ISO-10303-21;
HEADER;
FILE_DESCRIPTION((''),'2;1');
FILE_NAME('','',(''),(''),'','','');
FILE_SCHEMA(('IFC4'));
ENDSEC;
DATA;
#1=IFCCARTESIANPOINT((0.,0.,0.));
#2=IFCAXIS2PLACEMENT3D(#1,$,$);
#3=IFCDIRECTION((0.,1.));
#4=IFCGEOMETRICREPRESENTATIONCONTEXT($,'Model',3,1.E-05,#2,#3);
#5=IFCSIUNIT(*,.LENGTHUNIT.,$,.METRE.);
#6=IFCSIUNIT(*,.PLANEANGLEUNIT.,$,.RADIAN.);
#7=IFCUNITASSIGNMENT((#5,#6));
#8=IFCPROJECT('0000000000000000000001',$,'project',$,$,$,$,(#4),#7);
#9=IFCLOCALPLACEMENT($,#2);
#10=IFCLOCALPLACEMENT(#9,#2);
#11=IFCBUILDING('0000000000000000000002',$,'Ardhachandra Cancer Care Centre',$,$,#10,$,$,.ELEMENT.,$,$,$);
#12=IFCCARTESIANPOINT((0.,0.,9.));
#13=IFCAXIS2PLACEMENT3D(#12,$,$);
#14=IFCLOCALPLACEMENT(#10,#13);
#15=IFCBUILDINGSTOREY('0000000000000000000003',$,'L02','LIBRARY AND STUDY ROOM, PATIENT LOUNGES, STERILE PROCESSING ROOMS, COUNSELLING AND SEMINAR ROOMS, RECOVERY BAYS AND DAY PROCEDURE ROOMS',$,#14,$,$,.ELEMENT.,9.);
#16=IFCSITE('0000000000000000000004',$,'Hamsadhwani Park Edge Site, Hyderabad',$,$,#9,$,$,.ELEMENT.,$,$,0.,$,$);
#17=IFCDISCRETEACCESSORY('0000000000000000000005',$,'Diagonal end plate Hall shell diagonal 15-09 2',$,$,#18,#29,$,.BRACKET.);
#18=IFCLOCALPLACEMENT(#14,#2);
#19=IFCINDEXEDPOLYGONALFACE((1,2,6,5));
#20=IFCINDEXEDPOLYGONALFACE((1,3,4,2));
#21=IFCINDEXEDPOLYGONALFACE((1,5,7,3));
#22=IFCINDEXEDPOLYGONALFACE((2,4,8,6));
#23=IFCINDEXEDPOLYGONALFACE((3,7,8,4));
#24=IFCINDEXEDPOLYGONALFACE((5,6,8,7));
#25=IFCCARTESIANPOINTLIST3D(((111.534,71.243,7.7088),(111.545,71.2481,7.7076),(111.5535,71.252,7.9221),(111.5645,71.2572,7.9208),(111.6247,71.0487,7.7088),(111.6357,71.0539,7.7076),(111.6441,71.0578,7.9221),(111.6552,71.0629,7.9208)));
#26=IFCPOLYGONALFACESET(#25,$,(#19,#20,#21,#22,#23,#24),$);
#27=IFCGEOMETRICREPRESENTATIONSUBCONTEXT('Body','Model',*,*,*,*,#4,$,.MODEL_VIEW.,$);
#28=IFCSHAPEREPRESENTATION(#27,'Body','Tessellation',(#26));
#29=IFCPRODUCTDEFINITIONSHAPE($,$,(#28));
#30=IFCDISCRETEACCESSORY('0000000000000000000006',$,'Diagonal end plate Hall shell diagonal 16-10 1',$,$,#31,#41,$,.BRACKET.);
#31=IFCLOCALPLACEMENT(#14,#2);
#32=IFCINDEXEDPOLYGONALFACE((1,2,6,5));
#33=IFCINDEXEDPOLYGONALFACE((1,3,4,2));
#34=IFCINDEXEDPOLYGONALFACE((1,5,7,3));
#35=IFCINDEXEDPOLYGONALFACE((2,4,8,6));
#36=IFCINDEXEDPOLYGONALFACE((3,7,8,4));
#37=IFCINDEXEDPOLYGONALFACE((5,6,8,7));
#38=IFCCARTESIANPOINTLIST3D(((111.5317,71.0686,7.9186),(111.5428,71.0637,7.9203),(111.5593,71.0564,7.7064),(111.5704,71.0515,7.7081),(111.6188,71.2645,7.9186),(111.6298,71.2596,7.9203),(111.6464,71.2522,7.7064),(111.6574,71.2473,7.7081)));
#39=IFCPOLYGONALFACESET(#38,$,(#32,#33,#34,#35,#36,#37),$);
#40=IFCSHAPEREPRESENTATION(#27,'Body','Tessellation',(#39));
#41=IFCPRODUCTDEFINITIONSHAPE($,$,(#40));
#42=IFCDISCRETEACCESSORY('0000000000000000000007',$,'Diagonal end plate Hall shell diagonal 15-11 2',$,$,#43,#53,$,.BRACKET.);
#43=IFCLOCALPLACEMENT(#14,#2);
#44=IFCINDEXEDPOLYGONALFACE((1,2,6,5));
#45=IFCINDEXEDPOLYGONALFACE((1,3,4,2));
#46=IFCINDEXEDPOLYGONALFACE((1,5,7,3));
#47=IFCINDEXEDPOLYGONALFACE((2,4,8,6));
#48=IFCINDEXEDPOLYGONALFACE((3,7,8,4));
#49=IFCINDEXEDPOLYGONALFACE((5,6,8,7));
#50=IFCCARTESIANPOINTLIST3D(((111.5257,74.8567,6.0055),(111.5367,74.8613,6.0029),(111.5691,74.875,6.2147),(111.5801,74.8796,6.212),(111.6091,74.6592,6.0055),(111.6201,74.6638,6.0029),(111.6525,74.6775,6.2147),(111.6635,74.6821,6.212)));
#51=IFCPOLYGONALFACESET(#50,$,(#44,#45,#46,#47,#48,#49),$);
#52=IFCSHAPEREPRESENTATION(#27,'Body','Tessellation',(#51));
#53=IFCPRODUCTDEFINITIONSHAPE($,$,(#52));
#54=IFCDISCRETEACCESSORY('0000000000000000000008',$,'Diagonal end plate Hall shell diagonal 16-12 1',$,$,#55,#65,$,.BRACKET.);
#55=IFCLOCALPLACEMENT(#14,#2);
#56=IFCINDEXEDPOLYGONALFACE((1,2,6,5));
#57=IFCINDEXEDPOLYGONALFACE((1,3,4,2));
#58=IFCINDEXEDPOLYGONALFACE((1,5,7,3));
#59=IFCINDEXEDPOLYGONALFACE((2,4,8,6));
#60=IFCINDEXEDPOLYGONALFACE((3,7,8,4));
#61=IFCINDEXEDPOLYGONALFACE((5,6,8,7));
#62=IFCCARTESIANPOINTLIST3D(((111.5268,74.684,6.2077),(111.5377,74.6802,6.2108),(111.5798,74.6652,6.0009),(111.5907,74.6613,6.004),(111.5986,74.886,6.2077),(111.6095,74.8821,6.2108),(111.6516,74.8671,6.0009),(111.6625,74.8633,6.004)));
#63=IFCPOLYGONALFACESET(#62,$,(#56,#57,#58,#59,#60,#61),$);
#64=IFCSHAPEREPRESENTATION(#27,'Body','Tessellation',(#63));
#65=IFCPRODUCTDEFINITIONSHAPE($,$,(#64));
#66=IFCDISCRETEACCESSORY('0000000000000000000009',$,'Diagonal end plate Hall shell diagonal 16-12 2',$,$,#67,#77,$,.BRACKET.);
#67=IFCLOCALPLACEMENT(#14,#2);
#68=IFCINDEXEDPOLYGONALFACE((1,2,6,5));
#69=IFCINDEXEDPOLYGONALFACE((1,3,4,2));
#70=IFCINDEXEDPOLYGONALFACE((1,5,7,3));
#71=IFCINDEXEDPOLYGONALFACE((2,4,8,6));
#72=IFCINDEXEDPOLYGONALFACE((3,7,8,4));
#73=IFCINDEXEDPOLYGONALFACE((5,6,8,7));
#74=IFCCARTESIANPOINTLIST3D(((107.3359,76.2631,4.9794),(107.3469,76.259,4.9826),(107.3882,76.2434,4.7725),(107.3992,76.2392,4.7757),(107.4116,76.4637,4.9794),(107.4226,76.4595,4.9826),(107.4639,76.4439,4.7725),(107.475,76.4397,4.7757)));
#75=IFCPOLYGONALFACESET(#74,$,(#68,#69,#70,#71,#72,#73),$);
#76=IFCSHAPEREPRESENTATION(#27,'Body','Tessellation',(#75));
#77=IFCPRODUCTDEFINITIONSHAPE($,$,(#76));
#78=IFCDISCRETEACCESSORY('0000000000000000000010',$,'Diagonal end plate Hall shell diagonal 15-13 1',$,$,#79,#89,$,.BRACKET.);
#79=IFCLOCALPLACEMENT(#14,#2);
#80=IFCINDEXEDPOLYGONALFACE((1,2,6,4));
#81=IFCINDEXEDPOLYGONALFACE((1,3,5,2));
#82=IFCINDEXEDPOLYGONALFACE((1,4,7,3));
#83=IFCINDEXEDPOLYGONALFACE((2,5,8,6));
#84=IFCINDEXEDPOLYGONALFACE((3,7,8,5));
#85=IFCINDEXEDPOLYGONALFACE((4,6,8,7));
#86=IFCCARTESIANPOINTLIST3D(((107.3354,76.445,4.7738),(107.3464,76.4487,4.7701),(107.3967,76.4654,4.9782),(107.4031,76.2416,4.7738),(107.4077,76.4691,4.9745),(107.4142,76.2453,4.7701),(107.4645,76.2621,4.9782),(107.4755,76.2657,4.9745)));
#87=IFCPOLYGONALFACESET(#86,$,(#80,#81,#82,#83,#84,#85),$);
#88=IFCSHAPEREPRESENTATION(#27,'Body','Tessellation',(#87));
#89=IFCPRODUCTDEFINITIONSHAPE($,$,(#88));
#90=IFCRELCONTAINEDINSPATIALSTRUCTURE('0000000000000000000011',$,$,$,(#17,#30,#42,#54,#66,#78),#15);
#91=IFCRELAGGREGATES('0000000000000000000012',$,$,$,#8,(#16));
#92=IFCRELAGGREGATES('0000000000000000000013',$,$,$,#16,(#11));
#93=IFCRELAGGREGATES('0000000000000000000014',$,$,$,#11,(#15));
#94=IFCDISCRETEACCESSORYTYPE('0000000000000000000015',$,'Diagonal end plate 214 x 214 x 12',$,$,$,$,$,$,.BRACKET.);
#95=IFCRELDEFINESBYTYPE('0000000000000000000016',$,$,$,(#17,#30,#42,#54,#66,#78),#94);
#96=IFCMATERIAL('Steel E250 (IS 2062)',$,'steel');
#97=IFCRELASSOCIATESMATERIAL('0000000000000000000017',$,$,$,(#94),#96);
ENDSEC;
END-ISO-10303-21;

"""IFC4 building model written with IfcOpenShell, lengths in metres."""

from ifc_helpers import new_model, si_unit, direction, frame, origin, origin_2d, place, context, subcontext, project, spatial, rectangle, extrude, material, material_profile, profile_set, type_object, element, save


model = new_model("IFC4")

# Units and contexts
model_context = context("Model", 3, precision=1e-05, world=origin(), true_north=direction((0.0, 1.0)))
body_context = subcontext(model_context, "Body", "Model", "MODEL_VIEW")
ifc_project = project(units=[si_unit("LENGTHUNIT", "METRE"), si_unit("PLANEANGLEUNIT", "RADIAN")], contexts=[model_context])

# Site, building, storey
site_placement = place(None, origin())
site = spatial("IfcSite", under=ifc_project, at=site_placement, Name="Hamsadhwani Park Edge Site, Hyderabad", CompositionType="ELEMENT", RefElevation=0.0)
building_placement = place(site_placement, origin())
building = spatial("IfcBuilding", under=site, at=building_placement, Name="Ardhachandra Cancer Care Centre", CompositionType="ELEMENT")
storey_placement = place(building_placement, frame((0.0, 0.0, 9.0)))
storey = spatial("IfcBuildingStorey", under=building, at=storey_placement, Name="L02", Description="LIBRARY AND STUDY ROOM, PATIENT LOUNGES, STERILE PROCESSING ROOMS, COUNSELLING AND SEMINAR ROOMS, RECOVERY BAYS AND DAY PROCEDURE ROOMS", CompositionType="ELEMENT", Elevation=9.0)

# Discrete accessories
ifc_material_1 = material(Name="Steel E250 (IS 2062)", Category="steel")
ifc_material_profile_1 = material_profile(ifc_material_1, rectangle(XDim=0.2144, YDim=0.2144, at=origin_2d()), Name="PL 214x214x12")
ifc_profile_set_1 = profile_set([ifc_material_profile_1], Name="Steel E250 (IS 2062)")
discrete_accessory_type = type_object("IfcDiscreteAccessoryType", Name="Diagonal end plate 214 x 214 x 12", PredefinedType="BRACKET", material=ifc_profile_set_1)
for number, where, z_axis, x_axis, name in (
    (1, (111.6001, 71.1555, 7.8142), (-0.901624, -0.420758, 0.10018), (0.422885, -0.906183, 0.0), "Diagonal end plate Hall shell diagonal 15-09 2"),
    (2, (111.6001, 71.1555, 7.8142), (-0.904717, 0.402096, -0.140734), (-0.406138, -0.913812, 0.0), "Diagonal end plate Hall shell diagonal 16-10 1"),
    (3, (111.6001, 74.7717, 6.1074), (-0.898743, -0.379469, 0.219693), (0.388972, -0.92125, 0.0), "Diagonal end plate Hall shell diagonal 15-11 2"),
):
    element("IfcDiscreteAccessory", number, at=place(storey_placement, frame(where, z_axis=z_axis, x_axis=x_axis)), inside=storey, type_object=discrete_accessory_type, Name=name, PredefinedType="BRACKET", context=body_context, shape_type="SweptSolid", body=[
        extrude(rectangle(XDim=0.2144, YDim=0.2144, at=origin_2d()), origin(), (0.0, 0.0, 1.0), 0.0122),
    ])
discrete_accessory_placement = place(storey_placement, frame((111.6001, 74.7717, 6.1074), z_axis=(-0.909137, 0.323249, -0.26264), x_axis=(-0.33501, -0.942215, 0.0)))
element("IfcDiscreteAccessory", 4, at=discrete_accessory_placement, inside=storey, type_object=discrete_accessory_type, Name="Diagonal end plate Hall shell diagonal 16-12 1", PredefinedType="BRACKET", context=body_context, shape_type="SweptSolid", body=[
    extrude(rectangle(XDim=0.2144, YDim=0.2144, at=origin_2d()), origin(), (0.0, 0.0, 1.0), 0.012),
])
for number, where, z_axis, x_axis, name in (
    (5, (107.3999, 76.3535, 4.876), (0.903076, -0.341162, 0.260889), (0.353401, 0.935472, 0.0), "Diagonal end plate Hall shell diagonal 16-12 2"),
    (6, (107.3999, 76.3535, 4.876), (0.904534, 0.301511, -0.301511), (-0.316228, 0.948683, 0.0), "Diagonal end plate Hall shell diagonal 15-13 1"),
):
    element("IfcDiscreteAccessory", number, at=place(storey_placement, frame(where, z_axis=z_axis, x_axis=x_axis)), inside=storey, type_object=discrete_accessory_type, Name=name, PredefinedType="BRACKET", context=body_context, shape_type="SweptSolid", body=[
        extrude(rectangle(XDim=0.2144, YDim=0.2144, at=origin_2d()), origin(), (0.0, 0.0, 1.0), 0.0122),
    ])

save(model, "model.ifc")
